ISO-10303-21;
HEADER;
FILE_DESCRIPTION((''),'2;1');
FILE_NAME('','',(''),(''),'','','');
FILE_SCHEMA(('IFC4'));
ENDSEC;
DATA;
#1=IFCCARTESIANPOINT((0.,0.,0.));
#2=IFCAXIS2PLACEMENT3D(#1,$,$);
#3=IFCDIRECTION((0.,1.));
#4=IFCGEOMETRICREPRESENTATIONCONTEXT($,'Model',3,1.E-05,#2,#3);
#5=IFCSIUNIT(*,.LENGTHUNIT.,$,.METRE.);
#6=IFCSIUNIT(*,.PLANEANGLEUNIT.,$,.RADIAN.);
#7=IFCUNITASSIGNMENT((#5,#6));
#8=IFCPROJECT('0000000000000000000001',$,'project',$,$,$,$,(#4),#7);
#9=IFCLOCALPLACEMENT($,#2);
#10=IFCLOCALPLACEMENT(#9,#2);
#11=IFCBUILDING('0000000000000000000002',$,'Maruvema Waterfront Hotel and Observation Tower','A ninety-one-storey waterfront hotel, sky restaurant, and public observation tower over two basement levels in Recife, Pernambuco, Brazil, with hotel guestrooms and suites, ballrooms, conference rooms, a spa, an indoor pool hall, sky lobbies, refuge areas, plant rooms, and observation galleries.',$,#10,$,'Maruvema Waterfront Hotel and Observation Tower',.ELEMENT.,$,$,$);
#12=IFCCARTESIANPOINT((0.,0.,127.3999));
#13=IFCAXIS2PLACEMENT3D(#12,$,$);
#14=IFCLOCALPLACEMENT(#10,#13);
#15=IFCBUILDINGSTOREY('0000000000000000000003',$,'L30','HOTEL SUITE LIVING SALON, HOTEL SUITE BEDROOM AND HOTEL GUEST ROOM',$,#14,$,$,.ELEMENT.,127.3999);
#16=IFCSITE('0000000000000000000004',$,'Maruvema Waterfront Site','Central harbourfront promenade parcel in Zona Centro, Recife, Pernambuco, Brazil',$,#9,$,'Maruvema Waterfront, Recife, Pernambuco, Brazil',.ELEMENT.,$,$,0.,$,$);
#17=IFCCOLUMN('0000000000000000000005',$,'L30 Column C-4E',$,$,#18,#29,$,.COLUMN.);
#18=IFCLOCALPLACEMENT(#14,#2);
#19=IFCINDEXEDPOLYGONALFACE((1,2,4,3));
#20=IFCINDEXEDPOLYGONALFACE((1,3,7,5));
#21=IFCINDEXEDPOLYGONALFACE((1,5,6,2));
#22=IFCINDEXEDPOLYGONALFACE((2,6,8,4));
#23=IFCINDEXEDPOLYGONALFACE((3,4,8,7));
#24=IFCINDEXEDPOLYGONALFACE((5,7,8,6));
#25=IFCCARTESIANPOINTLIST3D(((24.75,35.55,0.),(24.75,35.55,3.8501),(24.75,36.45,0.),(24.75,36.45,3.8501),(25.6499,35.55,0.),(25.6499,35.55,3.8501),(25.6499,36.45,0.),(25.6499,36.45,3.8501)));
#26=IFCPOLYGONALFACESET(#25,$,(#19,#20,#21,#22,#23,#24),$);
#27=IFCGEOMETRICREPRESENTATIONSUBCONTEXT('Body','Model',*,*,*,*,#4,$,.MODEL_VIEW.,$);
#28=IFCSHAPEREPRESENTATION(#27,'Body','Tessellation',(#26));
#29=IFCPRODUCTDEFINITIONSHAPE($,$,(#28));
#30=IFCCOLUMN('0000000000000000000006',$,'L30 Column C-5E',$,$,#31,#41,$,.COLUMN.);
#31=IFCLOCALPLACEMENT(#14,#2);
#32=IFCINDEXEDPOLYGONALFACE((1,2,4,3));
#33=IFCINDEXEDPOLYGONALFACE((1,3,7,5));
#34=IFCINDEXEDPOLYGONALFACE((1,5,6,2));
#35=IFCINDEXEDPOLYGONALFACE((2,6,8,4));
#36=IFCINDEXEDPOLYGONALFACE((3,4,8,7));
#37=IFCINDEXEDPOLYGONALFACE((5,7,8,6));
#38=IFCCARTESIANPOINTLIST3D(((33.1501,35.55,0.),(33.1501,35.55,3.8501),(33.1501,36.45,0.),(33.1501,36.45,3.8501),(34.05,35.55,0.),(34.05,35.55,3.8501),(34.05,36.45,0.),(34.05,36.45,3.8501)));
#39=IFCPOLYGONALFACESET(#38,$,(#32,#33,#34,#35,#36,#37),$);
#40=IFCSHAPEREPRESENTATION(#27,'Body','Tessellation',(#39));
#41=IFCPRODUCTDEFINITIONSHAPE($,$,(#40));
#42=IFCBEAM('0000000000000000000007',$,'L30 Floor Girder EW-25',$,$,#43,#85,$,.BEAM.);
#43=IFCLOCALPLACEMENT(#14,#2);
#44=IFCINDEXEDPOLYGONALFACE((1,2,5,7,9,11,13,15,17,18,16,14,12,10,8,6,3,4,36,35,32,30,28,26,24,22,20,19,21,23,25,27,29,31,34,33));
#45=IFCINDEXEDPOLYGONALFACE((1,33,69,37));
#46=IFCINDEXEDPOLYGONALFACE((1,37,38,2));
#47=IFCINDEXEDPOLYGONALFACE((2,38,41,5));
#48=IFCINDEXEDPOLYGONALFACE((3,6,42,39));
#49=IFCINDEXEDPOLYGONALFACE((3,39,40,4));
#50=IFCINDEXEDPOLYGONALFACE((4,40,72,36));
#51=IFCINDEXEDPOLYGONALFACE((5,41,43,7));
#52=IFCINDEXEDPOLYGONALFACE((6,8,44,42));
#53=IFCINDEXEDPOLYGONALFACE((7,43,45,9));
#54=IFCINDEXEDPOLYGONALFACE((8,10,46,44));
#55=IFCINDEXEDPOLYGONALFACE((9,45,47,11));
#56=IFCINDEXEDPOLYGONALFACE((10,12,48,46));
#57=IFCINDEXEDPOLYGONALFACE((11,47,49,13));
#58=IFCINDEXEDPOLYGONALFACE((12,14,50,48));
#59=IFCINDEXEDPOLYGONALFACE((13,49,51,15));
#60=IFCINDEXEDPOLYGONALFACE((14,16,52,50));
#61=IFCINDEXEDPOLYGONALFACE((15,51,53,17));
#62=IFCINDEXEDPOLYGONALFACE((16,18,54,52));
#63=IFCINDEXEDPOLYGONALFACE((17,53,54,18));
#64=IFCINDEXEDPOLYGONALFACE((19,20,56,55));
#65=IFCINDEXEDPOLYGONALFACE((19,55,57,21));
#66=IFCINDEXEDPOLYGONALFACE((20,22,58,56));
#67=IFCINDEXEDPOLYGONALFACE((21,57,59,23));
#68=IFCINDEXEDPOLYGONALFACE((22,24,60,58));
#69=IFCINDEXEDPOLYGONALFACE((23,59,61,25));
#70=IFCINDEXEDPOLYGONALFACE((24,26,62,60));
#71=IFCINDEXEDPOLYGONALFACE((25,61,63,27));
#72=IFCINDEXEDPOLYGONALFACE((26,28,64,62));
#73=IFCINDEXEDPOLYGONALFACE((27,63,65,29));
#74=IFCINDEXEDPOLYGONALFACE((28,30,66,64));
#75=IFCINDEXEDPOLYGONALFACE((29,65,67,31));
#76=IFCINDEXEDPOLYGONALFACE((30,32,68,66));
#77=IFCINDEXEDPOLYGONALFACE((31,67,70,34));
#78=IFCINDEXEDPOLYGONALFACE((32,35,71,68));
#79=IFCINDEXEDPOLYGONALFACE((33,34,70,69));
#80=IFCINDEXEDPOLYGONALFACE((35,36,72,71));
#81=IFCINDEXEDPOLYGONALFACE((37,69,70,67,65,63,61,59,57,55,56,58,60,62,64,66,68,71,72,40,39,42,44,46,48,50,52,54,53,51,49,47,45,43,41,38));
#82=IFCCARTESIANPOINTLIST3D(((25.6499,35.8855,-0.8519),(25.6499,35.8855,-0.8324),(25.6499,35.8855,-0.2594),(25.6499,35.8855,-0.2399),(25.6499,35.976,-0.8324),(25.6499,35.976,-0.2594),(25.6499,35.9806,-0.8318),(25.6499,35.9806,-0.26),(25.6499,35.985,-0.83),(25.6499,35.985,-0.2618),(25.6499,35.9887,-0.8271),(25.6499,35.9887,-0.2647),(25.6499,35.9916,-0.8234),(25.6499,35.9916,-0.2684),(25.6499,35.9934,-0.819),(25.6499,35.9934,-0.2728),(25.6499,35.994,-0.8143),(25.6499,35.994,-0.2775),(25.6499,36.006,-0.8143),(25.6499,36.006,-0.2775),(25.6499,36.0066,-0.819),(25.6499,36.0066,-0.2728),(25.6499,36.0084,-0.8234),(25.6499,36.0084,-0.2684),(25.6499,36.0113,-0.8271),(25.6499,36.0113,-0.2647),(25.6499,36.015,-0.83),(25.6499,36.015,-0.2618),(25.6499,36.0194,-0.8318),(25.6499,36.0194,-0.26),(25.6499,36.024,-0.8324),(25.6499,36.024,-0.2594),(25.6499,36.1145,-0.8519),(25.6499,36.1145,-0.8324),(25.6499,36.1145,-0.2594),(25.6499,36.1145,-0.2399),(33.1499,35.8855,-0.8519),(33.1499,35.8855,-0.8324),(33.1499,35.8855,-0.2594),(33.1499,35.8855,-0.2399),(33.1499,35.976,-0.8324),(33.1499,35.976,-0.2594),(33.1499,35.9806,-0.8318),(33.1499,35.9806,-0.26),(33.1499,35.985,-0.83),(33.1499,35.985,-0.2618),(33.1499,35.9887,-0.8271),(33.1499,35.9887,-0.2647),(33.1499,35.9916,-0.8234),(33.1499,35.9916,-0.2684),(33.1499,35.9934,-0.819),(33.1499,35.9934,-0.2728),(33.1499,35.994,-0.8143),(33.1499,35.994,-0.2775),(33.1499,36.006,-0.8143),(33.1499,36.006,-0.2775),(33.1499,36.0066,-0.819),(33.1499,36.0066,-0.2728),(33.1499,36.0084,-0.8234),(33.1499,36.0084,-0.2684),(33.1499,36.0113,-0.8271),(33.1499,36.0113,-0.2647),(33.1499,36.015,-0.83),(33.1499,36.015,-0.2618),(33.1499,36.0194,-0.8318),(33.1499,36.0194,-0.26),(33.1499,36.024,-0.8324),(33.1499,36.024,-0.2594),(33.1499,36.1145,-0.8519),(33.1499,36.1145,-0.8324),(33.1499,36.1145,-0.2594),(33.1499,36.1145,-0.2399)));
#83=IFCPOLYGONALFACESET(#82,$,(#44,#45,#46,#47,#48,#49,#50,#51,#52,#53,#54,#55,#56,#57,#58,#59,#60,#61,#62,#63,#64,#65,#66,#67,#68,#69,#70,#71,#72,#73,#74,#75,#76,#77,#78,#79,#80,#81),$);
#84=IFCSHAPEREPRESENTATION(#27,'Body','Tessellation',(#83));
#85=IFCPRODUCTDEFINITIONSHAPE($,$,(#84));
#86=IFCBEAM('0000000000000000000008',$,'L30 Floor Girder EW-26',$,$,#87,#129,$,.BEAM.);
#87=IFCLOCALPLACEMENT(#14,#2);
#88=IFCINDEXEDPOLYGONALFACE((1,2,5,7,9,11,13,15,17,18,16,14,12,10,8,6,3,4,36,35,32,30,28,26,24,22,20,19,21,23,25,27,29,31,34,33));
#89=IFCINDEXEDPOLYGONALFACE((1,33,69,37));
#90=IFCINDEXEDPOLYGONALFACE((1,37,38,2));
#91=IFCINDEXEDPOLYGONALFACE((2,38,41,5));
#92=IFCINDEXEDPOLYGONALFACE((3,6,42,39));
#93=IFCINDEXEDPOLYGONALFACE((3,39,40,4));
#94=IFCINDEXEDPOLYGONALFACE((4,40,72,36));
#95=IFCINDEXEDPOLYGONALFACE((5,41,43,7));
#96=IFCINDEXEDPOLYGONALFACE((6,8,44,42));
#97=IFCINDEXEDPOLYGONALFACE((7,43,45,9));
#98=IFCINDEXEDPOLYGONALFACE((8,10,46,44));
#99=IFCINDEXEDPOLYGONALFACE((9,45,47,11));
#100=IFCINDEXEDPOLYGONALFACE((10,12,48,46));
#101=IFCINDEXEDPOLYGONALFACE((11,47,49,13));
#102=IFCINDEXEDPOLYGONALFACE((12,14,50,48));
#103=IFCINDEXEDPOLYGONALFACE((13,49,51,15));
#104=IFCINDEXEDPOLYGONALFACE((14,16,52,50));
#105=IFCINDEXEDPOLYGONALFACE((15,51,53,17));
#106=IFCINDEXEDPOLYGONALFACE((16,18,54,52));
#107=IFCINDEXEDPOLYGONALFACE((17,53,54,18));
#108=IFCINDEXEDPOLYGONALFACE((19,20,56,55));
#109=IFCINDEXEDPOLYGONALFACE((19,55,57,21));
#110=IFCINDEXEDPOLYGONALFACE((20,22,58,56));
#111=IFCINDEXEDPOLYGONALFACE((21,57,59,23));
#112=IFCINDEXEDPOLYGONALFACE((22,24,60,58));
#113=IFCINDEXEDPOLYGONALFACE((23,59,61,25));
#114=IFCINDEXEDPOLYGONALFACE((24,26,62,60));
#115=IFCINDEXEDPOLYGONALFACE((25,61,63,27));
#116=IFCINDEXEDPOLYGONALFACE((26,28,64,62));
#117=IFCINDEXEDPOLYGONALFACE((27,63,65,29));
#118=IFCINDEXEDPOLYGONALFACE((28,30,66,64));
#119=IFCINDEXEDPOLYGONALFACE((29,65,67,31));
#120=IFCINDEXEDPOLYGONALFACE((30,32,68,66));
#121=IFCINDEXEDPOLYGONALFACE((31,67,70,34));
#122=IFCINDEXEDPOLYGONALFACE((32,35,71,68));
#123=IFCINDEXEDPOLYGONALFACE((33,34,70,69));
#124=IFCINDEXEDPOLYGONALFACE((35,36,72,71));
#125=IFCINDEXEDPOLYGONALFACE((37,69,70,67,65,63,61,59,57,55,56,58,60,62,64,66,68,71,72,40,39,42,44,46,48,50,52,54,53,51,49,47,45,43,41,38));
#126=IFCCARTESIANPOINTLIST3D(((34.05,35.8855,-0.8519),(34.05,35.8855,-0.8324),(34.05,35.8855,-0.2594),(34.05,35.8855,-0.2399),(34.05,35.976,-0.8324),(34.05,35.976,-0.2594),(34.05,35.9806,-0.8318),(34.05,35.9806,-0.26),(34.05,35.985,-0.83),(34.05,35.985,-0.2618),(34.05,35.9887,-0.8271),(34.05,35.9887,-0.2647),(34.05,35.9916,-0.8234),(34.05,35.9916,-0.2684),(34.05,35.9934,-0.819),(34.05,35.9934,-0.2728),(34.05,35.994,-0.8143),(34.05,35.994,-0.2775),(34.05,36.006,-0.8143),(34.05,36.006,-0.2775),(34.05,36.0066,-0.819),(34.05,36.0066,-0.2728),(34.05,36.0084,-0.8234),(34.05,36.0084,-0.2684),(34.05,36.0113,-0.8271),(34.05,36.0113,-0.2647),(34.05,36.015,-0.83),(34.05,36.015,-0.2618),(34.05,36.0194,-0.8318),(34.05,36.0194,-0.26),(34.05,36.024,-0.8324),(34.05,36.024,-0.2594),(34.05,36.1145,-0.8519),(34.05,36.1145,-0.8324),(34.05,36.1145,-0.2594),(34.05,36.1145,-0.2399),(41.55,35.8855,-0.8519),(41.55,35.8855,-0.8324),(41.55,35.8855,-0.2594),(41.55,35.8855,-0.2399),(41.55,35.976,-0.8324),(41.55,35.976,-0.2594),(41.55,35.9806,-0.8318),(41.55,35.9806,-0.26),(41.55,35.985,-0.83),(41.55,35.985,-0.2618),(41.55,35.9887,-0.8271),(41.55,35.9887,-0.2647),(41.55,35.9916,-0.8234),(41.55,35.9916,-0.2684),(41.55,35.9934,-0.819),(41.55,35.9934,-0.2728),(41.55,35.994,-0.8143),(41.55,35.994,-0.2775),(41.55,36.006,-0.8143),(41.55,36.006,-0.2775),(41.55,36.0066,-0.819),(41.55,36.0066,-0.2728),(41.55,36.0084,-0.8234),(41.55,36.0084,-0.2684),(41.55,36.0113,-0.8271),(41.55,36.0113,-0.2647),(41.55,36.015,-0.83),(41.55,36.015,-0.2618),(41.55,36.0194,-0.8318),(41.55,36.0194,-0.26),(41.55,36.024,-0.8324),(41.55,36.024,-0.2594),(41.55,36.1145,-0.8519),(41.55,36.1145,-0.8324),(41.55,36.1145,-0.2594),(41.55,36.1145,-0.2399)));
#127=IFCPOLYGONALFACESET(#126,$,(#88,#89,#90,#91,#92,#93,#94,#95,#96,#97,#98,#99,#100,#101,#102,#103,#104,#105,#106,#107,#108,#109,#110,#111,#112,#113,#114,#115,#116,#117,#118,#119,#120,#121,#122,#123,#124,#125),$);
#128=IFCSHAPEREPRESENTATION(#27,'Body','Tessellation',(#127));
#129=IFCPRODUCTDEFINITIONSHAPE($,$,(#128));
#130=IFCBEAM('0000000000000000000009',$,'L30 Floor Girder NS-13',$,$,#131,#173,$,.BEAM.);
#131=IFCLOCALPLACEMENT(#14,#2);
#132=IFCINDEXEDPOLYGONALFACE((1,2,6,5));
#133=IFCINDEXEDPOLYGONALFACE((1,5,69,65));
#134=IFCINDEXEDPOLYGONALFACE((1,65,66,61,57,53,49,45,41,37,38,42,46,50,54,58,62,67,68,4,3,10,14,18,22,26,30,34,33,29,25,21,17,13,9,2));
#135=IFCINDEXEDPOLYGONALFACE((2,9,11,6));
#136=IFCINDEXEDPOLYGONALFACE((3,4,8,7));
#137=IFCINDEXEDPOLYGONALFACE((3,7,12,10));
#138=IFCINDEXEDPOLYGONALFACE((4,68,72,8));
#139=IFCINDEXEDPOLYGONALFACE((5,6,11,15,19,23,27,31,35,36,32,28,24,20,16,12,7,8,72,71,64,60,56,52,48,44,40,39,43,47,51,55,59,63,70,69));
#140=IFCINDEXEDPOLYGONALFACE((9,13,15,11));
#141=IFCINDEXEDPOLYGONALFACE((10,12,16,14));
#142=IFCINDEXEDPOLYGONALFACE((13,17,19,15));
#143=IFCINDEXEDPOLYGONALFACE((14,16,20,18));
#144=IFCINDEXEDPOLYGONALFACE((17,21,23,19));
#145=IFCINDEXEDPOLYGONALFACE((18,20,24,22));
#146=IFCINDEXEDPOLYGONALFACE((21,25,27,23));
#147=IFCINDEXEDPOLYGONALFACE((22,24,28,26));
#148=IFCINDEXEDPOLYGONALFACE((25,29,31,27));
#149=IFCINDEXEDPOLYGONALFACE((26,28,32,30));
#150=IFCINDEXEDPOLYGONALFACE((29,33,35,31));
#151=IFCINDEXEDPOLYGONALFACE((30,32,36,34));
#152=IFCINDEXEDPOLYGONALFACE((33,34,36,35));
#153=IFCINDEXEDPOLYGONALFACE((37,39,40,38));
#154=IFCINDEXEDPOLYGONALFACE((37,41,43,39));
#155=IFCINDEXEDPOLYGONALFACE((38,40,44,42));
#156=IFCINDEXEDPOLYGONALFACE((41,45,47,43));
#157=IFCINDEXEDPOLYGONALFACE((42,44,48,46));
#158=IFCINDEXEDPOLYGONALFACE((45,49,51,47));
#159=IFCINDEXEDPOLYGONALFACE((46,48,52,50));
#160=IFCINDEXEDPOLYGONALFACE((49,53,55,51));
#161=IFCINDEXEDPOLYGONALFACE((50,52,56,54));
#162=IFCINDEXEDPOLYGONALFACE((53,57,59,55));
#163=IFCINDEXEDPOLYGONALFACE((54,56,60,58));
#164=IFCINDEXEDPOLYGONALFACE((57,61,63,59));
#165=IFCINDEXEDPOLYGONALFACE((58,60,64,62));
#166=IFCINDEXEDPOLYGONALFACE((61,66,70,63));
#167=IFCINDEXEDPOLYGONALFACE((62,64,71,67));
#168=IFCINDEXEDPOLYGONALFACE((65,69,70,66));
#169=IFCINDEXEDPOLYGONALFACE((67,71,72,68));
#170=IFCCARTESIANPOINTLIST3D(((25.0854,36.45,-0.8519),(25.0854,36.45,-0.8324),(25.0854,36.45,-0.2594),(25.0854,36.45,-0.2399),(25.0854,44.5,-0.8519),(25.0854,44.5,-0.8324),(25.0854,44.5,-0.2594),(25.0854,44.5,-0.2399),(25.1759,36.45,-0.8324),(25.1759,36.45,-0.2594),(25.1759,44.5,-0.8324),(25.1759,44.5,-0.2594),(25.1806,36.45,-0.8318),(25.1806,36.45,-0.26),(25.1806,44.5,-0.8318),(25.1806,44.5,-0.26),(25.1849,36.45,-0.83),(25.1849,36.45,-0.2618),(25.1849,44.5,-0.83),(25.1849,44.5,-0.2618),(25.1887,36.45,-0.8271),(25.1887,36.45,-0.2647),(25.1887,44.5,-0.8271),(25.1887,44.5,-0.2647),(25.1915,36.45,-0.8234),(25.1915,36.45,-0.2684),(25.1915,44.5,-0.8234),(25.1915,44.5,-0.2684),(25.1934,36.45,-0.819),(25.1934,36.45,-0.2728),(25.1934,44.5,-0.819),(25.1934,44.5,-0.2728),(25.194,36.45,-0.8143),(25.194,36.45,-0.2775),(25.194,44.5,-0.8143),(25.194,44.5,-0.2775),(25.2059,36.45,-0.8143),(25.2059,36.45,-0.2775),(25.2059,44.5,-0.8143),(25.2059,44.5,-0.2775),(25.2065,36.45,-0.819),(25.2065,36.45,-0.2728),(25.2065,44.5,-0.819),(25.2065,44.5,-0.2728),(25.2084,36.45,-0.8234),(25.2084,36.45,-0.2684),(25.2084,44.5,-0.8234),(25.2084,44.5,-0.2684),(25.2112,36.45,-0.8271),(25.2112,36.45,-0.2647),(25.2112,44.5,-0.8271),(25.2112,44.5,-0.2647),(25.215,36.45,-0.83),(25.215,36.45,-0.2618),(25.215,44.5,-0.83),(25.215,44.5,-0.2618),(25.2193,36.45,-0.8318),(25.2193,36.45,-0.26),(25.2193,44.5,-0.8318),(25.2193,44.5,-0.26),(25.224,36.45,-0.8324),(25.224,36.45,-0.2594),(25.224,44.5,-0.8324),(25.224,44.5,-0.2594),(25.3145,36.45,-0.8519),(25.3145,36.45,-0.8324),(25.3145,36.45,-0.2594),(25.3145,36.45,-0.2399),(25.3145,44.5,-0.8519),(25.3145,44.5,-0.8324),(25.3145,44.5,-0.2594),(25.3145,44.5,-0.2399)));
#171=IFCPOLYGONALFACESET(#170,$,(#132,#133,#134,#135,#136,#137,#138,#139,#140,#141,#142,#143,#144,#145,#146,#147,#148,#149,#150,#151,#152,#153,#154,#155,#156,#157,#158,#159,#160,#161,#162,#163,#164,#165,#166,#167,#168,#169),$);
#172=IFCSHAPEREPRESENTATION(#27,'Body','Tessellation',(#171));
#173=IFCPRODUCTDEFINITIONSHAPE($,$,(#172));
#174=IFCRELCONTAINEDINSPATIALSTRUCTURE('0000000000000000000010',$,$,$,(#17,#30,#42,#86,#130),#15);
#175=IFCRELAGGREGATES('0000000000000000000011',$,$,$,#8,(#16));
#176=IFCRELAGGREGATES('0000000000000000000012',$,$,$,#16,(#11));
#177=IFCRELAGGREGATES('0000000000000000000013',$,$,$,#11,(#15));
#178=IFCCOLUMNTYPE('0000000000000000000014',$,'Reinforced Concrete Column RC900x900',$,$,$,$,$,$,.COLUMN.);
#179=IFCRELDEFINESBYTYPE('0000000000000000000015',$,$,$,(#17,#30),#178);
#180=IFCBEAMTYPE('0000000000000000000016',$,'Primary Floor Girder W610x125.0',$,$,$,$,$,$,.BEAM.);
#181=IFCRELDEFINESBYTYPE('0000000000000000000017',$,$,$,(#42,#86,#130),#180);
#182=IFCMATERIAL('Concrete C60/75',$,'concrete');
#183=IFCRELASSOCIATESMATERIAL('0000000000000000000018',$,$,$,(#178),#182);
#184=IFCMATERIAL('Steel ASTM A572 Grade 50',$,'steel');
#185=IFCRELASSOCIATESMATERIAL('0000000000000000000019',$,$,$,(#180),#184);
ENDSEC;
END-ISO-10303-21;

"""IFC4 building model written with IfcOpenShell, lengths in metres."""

from ifc_helpers import new_model, si_unit, direction, frame, origin, origin_2d, place, context, subcontext, project, spatial, rectangle, i_section, extrude, material, material_profile, profile_set, type_object, element, save


model = new_model("IFC4")

# Units and contexts
model_context = context("Model", 3, precision=1e-05, world=origin(), true_north=direction((0.0, 1.0)))
body_context = subcontext(model_context, "Body", "Model", "MODEL_VIEW")
ifc_project = project(units=[si_unit("LENGTHUNIT", "METRE"), si_unit("PLANEANGLEUNIT", "RADIAN")], contexts=[model_context])

# Site, building, storey
site_placement = place(None, origin())
site = spatial("IfcSite", under=ifc_project, at=site_placement, Name="Maruvema Waterfront Site", Description="Central harbourfront promenade parcel in Zona Centro, Recife, Pernambuco, Brazil", LongName="Maruvema Waterfront, Recife, Pernambuco, Brazil", CompositionType="ELEMENT", RefElevation=0.0)
building_placement = place(site_placement, origin())
building = spatial("IfcBuilding", under=site, at=building_placement, Name="Maruvema Waterfront Hotel and Observation Tower", Description="A ninety-one-storey waterfront hotel, sky restaurant, and public observation tower over two basement levels in Recife, Pernambuco, Brazil, with hotel guestrooms and suites, ballrooms, conference rooms, a spa, an indoor pool hall, sky lobbies, refuge areas, plant rooms, and observation galleries.", LongName="Maruvema Waterfront Hotel and Observation Tower", CompositionType="ELEMENT")
storey_placement = place(building_placement, frame((0.0, 0.0, 127.3999)))
storey = spatial("IfcBuildingStorey", under=building, at=storey_placement, Name="L30", Description="HOTEL SUITE LIVING SALON, HOTEL SUITE BEDROOM AND HOTEL GUEST ROOM", CompositionType="ELEMENT", Elevation=127.3999)

# Columns
ifc_material_1 = material(Name="Concrete C60/75", Category="concrete")
ifc_material_profile_1 = material_profile(ifc_material_1, rectangle(XDim=0.8999, YDim=0.8999, at=origin_2d()), Name="RC900x900")
ifc_profile_set_1 = profile_set([ifc_material_profile_1], Name="Concrete C60/75")
column_type = type_object("IfcColumnType", Name="Reinforced Concrete Column RC900x900", PredefinedType="COLUMN", material=ifc_profile_set_1)
for number, where, z_axis, x_axis, name in (
    (1, (25.2, 36.0, 0.0), (0.0, 0.0, 1.0), (1.0, 0.0, 0.0), "L30 Column C-4E"),
    (2, (33.6001, 36.0, 0.0), (0.0, 0.0, 1.0), (1.0, 0.0, 0.0), "L30 Column C-5E"),
):
    element("IfcColumn", number, at=place(storey_placement, frame(where, z_axis=z_axis, x_axis=x_axis)), inside=storey, type_object=column_type, Name=name, PredefinedType="COLUMN", context=body_context, shape_type="SweptSolid", body=[
        extrude(rectangle(XDim=0.8999, YDim=0.8999, at=origin_2d()), origin(), (0.0, 0.0, 1.0), 3.8501),
    ])

# Beams
ifc_material_2 = material(Name="Steel ASTM A572 Grade 50", Category="steel")
ifc_material_profile_2 = material_profile(ifc_material_2, i_section(OverallWidth=0.229, OverallDepth=0.6121, WebThickness=0.012, FlangeThickness=0.0195, FilletRadius=0.0181, at=origin_2d()), Name="W610x125.0")
ifc_profile_set_2 = profile_set([ifc_material_profile_2], Name="Steel ASTM A572 Grade 50")
beam_type = type_object("IfcBeamType", Name="Primary Floor Girder W610x125.0", PredefinedType="BEAM", material=ifc_profile_set_2)
for number, where, z_axis, x_axis, name in (
    (3, (25.6499, 36.0, -0.5459), (1.0, 0.0, 0.0), (0.0, 1.0, 0.0), "L30 Floor Girder EW-25"),
    (4, (34.05, 36.0, -0.5459), (1.0, 0.0, 0.0), (0.0, 1.0, 0.0), "L30 Floor Girder EW-26"),
):
    element("IfcBeam", number, at=place(storey_placement, frame(where, z_axis=z_axis, x_axis=x_axis)), inside=storey, type_object=beam_type, Name=name, PredefinedType="BEAM", context=body_context, shape_type="SweptSolid", body=[
        extrude(i_section(OverallWidth=0.229, OverallDepth=0.6121, WebThickness=0.012, FlangeThickness=0.0195, FilletRadius=0.0181, at=origin_2d()), origin(), (0.0, 0.0, 1.0), 7.5),
    ])
beam_placement = place(storey_placement, frame((25.2, 36.45, -0.5459), z_axis=(0.0, 1.0, 0.0), x_axis=(-1.0, 0.0, 0.0)))
element("IfcBeam", 5, at=beam_placement, inside=storey, type_object=beam_type, Name="L30 Floor Girder NS-13", PredefinedType="BEAM", context=body_context, shape_type="SweptSolid", body=[
    extrude(i_section(OverallWidth=0.229, OverallDepth=0.6121, WebThickness=0.012, FlangeThickness=0.0195, FilletRadius=0.0181, at=origin_2d()), origin(), (0.0, 0.0, 1.0), 8.05),
])

save(model, "model.ifc")
